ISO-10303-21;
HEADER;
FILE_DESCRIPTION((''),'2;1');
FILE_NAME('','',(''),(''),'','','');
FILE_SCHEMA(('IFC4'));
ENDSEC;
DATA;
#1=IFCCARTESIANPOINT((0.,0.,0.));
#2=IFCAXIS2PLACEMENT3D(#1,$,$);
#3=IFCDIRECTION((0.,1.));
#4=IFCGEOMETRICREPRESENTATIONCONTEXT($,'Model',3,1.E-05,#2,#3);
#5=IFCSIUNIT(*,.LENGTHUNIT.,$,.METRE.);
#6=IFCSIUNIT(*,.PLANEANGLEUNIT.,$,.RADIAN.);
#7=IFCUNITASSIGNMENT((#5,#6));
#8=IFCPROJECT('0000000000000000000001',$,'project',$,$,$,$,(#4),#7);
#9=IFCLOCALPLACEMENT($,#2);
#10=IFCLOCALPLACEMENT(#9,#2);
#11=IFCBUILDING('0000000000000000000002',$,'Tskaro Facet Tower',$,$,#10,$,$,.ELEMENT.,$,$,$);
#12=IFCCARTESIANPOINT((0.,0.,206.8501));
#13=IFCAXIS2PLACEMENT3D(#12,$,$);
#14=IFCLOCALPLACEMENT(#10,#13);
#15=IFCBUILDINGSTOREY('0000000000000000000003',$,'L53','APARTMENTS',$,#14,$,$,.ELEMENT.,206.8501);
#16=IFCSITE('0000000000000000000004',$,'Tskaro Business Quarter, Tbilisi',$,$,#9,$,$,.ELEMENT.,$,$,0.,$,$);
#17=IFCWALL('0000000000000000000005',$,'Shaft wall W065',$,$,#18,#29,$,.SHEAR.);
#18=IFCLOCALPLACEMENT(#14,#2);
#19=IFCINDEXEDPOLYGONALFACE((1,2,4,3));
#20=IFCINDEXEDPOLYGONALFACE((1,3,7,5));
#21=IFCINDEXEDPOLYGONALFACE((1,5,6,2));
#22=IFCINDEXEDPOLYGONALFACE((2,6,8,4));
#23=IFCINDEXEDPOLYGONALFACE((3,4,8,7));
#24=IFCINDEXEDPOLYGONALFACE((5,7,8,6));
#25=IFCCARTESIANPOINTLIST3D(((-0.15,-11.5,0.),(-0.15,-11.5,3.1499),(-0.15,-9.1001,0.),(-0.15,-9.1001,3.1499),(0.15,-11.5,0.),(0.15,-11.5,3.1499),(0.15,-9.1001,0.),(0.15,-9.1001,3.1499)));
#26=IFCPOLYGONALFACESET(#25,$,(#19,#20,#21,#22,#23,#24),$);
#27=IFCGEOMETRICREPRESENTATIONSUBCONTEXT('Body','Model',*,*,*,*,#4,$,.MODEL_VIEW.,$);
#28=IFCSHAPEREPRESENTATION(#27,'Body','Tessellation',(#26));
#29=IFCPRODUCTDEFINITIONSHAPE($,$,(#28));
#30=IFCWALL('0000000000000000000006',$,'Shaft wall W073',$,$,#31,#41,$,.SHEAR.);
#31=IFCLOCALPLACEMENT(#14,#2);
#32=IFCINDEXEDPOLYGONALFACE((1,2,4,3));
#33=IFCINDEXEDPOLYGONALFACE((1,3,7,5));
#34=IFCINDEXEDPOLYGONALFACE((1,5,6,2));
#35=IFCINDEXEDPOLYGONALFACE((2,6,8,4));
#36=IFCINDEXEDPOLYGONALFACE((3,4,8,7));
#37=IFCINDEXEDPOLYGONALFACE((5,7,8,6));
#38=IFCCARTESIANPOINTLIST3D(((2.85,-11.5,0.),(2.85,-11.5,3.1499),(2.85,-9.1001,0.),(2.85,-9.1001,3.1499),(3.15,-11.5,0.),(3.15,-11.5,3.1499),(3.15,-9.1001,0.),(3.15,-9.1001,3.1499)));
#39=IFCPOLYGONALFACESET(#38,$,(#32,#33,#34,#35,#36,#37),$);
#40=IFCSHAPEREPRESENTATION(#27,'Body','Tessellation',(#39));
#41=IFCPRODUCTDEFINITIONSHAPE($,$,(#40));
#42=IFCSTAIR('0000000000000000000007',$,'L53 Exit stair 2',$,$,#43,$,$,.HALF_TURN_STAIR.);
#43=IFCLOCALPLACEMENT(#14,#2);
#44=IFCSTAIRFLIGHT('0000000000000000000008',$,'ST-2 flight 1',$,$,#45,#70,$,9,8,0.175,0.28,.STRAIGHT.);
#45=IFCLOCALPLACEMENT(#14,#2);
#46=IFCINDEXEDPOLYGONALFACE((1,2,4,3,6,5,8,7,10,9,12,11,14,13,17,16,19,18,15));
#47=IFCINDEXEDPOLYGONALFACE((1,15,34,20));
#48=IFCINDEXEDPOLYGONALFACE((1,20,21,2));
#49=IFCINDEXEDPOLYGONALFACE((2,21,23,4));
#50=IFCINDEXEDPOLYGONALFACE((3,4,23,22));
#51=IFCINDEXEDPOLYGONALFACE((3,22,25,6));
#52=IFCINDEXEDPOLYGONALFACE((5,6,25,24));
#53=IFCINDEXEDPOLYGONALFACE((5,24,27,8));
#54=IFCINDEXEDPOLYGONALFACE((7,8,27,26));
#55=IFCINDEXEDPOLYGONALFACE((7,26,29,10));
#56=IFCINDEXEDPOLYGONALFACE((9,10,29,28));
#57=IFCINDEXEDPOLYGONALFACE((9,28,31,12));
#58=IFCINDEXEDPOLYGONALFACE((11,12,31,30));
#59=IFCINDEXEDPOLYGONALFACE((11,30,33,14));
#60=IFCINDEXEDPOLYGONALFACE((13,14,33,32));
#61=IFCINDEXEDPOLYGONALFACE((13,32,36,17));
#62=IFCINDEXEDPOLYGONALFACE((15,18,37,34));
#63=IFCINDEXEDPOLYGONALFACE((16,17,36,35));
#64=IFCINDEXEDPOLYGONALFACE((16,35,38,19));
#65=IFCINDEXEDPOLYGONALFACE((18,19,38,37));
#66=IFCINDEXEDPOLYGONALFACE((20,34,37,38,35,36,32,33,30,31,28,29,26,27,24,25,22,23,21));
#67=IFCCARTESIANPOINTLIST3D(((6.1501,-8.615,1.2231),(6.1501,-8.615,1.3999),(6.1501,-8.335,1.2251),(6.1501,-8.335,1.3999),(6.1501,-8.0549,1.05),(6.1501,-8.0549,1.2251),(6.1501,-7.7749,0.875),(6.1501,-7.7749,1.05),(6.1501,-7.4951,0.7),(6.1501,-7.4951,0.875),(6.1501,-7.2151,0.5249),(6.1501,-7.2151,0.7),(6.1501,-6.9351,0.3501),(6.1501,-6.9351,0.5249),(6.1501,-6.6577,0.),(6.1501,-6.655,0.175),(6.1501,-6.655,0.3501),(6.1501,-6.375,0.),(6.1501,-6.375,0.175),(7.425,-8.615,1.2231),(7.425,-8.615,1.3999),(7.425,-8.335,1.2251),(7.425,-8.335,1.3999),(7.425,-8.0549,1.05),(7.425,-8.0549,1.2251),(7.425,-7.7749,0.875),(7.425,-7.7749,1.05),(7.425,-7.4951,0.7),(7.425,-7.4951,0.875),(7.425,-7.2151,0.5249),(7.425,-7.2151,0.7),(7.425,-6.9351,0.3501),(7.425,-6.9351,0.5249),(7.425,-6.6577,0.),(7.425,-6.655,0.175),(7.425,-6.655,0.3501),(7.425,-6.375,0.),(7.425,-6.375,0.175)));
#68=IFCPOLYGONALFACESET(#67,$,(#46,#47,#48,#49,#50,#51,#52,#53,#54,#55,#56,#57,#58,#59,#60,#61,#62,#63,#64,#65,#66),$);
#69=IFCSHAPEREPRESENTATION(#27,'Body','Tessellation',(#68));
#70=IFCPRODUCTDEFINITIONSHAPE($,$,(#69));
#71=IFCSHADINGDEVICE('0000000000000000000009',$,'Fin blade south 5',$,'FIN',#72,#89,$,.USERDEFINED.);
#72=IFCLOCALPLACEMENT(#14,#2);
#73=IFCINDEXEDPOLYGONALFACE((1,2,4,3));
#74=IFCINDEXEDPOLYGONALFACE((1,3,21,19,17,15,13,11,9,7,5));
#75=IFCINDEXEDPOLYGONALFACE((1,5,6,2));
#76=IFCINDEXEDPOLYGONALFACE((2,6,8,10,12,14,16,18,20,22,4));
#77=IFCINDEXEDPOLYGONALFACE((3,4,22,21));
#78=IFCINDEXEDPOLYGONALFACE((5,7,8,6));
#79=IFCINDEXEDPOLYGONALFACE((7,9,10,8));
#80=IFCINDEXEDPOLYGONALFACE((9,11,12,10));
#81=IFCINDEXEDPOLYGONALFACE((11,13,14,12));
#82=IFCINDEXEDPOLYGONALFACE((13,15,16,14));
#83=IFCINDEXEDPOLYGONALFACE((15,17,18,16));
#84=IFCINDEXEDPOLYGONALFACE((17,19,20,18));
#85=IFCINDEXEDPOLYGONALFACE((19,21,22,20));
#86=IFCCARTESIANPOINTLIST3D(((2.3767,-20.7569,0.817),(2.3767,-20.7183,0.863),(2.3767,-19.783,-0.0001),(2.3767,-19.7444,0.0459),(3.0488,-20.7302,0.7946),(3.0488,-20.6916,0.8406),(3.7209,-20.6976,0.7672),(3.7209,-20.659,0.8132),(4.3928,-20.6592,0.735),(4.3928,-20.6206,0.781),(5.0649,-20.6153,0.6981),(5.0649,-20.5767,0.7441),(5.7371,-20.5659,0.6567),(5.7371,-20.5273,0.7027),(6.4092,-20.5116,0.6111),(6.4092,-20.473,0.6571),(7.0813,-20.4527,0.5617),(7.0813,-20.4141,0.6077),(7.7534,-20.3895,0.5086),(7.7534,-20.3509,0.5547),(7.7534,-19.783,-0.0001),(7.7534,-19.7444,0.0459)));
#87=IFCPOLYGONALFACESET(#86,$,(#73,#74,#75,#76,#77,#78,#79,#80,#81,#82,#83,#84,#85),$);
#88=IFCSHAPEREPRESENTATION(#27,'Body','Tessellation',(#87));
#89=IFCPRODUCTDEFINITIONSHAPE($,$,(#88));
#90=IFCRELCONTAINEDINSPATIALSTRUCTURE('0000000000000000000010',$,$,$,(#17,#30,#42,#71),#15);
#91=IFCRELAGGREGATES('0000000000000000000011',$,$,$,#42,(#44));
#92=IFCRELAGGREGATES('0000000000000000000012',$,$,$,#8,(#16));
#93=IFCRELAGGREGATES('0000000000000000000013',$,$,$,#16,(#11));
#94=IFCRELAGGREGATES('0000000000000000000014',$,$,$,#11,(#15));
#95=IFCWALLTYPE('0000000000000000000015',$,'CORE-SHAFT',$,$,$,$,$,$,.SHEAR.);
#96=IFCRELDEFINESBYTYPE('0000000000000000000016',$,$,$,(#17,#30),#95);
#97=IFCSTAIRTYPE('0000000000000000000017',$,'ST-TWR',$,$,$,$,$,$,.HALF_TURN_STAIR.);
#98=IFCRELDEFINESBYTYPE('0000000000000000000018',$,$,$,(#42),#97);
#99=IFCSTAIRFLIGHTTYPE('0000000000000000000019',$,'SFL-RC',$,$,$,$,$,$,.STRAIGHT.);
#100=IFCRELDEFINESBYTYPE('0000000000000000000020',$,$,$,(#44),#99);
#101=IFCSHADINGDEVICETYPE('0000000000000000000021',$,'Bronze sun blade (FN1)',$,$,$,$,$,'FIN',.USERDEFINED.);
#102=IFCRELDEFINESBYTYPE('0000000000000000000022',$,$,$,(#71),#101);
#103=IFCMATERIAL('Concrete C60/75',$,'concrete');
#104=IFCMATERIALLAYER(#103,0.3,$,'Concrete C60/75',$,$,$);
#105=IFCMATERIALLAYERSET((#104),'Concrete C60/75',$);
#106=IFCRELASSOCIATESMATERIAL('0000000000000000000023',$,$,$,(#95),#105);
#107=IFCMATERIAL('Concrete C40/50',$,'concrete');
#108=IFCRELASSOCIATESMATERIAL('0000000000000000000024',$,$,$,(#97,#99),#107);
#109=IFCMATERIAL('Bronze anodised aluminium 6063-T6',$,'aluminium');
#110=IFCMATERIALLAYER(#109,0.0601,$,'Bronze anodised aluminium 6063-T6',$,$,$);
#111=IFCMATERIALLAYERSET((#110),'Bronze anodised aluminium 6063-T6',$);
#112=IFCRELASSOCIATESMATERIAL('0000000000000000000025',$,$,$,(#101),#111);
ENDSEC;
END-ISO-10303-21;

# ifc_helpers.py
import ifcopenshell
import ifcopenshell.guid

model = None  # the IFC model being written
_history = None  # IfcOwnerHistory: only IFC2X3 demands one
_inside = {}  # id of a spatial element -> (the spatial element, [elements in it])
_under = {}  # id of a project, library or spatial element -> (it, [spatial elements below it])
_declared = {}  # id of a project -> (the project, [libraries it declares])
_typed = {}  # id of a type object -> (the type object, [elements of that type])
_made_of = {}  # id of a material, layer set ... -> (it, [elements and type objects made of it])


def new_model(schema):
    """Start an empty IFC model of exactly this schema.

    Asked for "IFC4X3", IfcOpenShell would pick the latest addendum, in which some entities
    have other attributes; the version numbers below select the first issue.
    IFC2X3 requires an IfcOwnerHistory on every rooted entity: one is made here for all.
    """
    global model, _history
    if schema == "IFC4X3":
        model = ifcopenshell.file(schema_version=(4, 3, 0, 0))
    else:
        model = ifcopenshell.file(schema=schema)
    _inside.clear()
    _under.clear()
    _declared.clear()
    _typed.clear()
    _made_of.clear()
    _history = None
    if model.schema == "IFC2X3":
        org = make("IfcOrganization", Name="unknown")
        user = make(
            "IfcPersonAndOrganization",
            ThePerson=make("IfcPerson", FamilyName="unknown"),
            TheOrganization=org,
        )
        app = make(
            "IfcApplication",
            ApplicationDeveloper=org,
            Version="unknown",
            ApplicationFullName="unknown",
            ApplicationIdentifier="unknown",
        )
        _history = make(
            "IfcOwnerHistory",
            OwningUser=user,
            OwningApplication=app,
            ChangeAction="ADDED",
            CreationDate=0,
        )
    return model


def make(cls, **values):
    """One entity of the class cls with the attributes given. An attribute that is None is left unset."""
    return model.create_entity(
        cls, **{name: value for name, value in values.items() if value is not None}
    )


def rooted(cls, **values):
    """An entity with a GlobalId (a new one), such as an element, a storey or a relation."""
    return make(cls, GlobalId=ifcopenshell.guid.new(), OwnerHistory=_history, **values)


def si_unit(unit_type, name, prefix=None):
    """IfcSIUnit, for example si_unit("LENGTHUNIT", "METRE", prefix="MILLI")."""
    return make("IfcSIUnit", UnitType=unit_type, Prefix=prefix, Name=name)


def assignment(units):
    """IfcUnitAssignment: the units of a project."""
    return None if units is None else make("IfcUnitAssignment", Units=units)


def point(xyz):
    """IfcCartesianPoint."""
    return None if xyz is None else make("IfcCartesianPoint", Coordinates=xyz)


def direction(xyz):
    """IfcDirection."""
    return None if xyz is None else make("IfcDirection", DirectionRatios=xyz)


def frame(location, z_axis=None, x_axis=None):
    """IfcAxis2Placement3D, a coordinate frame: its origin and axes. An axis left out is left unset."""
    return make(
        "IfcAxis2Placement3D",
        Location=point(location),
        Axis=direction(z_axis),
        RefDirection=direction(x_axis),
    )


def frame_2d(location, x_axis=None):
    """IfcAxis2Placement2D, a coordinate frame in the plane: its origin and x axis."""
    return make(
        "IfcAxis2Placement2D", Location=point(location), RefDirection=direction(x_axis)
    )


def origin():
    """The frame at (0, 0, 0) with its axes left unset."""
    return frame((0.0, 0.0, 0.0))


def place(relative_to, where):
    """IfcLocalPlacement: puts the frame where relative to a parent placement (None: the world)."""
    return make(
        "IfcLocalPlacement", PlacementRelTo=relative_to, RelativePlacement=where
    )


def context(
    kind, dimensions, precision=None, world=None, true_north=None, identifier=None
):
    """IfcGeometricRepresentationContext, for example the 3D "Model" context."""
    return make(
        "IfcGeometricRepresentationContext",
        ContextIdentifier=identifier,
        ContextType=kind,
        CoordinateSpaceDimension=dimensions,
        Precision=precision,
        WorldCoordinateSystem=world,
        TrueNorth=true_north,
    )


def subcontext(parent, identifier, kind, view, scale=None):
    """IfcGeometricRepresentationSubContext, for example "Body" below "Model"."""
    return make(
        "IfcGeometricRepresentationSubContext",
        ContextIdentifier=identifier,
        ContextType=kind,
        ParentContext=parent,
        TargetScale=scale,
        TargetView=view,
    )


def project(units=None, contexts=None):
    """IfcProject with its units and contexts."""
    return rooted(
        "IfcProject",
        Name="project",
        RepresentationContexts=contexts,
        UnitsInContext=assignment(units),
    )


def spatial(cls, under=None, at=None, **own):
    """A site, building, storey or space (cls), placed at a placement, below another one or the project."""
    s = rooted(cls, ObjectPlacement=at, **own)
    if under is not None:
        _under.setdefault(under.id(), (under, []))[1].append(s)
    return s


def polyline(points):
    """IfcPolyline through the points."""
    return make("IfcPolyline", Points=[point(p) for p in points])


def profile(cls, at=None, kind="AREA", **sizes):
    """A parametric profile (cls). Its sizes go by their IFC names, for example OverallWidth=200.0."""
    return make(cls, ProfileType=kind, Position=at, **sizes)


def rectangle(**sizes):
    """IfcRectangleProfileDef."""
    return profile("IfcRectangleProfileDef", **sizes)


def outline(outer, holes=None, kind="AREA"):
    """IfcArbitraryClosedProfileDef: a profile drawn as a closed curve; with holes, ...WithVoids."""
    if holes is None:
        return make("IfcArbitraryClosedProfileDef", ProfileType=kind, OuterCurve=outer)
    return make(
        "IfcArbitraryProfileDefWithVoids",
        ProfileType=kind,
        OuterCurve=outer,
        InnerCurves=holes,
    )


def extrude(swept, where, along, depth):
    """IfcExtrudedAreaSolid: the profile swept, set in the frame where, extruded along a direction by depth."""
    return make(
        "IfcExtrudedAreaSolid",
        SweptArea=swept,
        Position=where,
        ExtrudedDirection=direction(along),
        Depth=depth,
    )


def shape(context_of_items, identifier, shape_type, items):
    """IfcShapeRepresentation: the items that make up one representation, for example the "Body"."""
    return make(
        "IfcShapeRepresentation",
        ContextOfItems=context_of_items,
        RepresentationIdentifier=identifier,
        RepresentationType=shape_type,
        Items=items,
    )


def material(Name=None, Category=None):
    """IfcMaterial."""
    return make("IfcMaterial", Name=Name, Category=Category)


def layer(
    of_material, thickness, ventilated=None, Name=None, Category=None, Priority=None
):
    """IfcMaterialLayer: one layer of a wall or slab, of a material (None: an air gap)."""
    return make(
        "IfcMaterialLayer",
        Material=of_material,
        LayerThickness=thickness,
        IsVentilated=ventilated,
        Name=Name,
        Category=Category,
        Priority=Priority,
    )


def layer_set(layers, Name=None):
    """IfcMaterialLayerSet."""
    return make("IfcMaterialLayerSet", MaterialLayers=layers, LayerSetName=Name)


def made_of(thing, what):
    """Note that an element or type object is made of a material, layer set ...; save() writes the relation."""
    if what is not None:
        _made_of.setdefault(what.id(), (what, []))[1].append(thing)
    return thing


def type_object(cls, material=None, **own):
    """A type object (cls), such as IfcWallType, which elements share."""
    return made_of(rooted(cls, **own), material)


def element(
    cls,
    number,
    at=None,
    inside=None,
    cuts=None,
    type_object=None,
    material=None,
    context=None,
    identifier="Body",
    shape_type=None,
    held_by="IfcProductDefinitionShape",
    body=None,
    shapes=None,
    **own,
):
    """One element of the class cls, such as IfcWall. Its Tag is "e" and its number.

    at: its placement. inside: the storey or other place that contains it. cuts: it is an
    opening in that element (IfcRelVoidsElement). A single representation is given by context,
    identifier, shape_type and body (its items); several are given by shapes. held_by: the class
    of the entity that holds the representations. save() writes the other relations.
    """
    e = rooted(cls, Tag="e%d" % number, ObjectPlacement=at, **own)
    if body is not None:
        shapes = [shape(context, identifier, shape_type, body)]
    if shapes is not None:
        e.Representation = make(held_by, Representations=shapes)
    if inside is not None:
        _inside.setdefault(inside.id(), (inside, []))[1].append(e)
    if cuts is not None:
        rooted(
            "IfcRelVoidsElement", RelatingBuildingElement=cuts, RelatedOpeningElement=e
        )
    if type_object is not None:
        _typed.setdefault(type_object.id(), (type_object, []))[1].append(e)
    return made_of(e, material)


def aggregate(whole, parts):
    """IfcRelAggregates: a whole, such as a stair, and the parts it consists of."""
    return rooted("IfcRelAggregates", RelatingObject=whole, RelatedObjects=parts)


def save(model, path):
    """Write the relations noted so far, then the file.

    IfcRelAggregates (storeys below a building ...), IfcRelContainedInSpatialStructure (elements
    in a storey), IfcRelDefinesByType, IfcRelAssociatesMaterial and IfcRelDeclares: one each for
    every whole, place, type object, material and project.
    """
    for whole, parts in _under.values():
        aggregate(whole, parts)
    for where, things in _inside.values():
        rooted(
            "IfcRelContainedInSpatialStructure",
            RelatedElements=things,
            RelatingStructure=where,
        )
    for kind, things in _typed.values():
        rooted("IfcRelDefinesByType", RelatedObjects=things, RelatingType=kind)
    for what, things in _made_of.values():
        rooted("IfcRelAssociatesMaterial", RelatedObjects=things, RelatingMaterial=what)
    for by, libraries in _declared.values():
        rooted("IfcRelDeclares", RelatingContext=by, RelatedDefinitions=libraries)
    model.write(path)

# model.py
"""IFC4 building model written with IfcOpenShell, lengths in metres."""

from ifc_helpers import new_model, si_unit, direction, frame, frame_2d, origin, place, context, subcontext, project, spatial, polyline, rectangle, outline, extrude, material, layer, layer_set, type_object, element, aggregate, save


model = new_model("IFC4")

# Units and contexts
model_context = context("Model", 3, precision=1e-05, world=origin(), true_north=direction((0.0, 1.0)))
body_context = subcontext(model_context, "Body", "Model", "MODEL_VIEW")
ifc_project = project(units=[si_unit("LENGTHUNIT", "METRE"), si_unit("PLANEANGLEUNIT", "RADIAN")], contexts=[model_context])

# Site, building, storey
site_placement = place(None, origin())
site = spatial("IfcSite", under=ifc_project, at=site_placement, Name="Tskaro Business Quarter, Tbilisi", CompositionType="ELEMENT", RefElevation=0.0)
building_placement = place(site_placement, origin())
building = spatial("IfcBuilding", under=site, at=building_placement, Name="Tskaro Facet Tower", CompositionType="ELEMENT")
storey_placement = place(building_placement, frame((0.0, 0.0, 206.8501)))
storey = spatial("IfcBuildingStorey", under=building, at=storey_placement, Name="L53", Description="APARTMENTS", CompositionType="ELEMENT", Elevation=206.8501)

# Shared definitions
ifc_material_1 = material(Name="Bronze anodised aluminium 6063-T6", Category="aluminium")

# Walls
ifc_material_2 = material(Name="Concrete C60/75", Category="concrete")
ifc_layer_1 = layer(ifc_material_2, 0.3, Name="Concrete C60/75")
ifc_layer_set_1 = layer_set([ifc_layer_1], Name="Concrete C60/75")
wall_type = type_object("IfcWallType", Name="CORE-SHAFT", PredefinedType="SHEAR", material=ifc_layer_set_1)
for number, where, z_axis, x_axis, name in (
    (1, (0.0, -11.5, 0.0), (0.0, 0.0, 1.0), (0.0, 1.0, 0.0), "Shaft wall W065"),
    (2, (3.0, -11.5, 0.0), (0.0, 0.0, 1.0), (0.0, 1.0, 0.0), "Shaft wall W073"),
):
    element("IfcWall", number, at=place(storey_placement, frame(where, z_axis=z_axis, x_axis=x_axis)), inside=storey, type_object=wall_type, Name=name, PredefinedType="SHEAR", context=body_context, shape_type="SweptSolid", body=[
        extrude(rectangle(XDim=2.3999, YDim=0.3, at=frame_2d((1.2, 0.0))), origin(), (0.0, 0.0, 1.0), 3.1499),
    ])

# Stair, stair flight
ifc_material_3 = material(Name="Concrete C40/50", Category="concrete")
stair_type = type_object("IfcStairType", Name="ST-TWR", PredefinedType="HALF_TURN_STAIR", material=ifc_material_3)
stair_placement = place(storey_placement, origin())
stair = element("IfcStair", 3, at=stair_placement, inside=storey, type_object=stair_type, Name="L53 Exit stair 2", PredefinedType="HALF_TURN_STAIR")
stair_flight_type = type_object("IfcStairFlightType", Name="SFL-RC", PredefinedType="STRAIGHT", material=ifc_material_3)
stair_flight_placement = place(storey_placement, frame((6.7876, -6.375, 0.0), z_axis=(0.0, 0.0, 1.0), x_axis=(0.0, -1.0, 0.0)))
stair_flight = element("IfcStairFlight", 4, at=stair_flight_placement, type_object=stair_flight_type, Name="ST-2 flight 1", NumberOfRisers=9, NumberOfTreads=8, PredefinedType="STRAIGHT", RiserHeight=0.175, TreadLength=0.28, context=body_context, shape_type="SweptSolid", body=[
    extrude(outline(polyline([(0.0, 0.0), (0.0, 0.175), (0.28, 0.175), (0.28, 0.3501), (0.5601, 0.3501), (0.5601, 0.5249), (0.8401, 0.5249), (0.8401, 0.7), (1.1201, 0.7), (1.1201, 0.875), (1.3999, 0.875), (1.3999, 1.05), (1.6799, 1.05), (1.6799, 1.2251), (1.96, 1.2251), (1.96, 1.3999), (2.24, 1.3999), (2.24, 1.575), (2.24, 1.2231), (0.2827, 0.0), (0.0, 0.0)])), frame((0.0, 0.6375, 0.0), z_axis=(0.0, -1.0, 0.0), x_axis=(1.0, 0.0, 0.0)), (0.0, 0.0, 1.0), 1.2749),
])
aggregate(stair, [stair_flight])

# Shading device
ifc_layer_2 = layer(ifc_material_1, 0.0601, Name="Bronze anodised aluminium 6063-T6")
ifc_layer_set_2 = layer_set([ifc_layer_2], Name="Bronze anodised aluminium 6063-T6")
shading_device_type = type_object("IfcShadingDeviceType", Name="Bronze sun blade (FN1)", ElementType="FIN", PredefinedType="USERDEFINED", material=ifc_layer_set_2)
shading_device_placement = place(storey_placement, frame((2.3767, -19.7444, 0.0459), z_axis=(0.000008, 0.642725, 0.766097), x_axis=(1.0, -0.000005, -0.000006)))
element("IfcShadingDevice", 5, at=shading_device_placement, inside=storey, type_object=shading_device_type, Name="Fin blade south 5", ObjectType="FIN", PredefinedType="USERDEFINED", context=body_context, shape_type="SweptSolid", body=[
    extrude(outline(polyline([(0.0, 0.0), (5.3767, 0.0), (5.3767, -0.7916), (4.7046, -0.8741), (4.0325, -0.951), (3.3604, -1.0219), (2.6882, -1.0864), (2.0161, -1.1437), (1.3442, -1.1938), (0.6721, -1.2365), (0.0, -1.2713), (0.0, 0.0)])), origin(), (0.0, 0.0, -1.0), 0.0601),
])

save(model, "model.ifc")
